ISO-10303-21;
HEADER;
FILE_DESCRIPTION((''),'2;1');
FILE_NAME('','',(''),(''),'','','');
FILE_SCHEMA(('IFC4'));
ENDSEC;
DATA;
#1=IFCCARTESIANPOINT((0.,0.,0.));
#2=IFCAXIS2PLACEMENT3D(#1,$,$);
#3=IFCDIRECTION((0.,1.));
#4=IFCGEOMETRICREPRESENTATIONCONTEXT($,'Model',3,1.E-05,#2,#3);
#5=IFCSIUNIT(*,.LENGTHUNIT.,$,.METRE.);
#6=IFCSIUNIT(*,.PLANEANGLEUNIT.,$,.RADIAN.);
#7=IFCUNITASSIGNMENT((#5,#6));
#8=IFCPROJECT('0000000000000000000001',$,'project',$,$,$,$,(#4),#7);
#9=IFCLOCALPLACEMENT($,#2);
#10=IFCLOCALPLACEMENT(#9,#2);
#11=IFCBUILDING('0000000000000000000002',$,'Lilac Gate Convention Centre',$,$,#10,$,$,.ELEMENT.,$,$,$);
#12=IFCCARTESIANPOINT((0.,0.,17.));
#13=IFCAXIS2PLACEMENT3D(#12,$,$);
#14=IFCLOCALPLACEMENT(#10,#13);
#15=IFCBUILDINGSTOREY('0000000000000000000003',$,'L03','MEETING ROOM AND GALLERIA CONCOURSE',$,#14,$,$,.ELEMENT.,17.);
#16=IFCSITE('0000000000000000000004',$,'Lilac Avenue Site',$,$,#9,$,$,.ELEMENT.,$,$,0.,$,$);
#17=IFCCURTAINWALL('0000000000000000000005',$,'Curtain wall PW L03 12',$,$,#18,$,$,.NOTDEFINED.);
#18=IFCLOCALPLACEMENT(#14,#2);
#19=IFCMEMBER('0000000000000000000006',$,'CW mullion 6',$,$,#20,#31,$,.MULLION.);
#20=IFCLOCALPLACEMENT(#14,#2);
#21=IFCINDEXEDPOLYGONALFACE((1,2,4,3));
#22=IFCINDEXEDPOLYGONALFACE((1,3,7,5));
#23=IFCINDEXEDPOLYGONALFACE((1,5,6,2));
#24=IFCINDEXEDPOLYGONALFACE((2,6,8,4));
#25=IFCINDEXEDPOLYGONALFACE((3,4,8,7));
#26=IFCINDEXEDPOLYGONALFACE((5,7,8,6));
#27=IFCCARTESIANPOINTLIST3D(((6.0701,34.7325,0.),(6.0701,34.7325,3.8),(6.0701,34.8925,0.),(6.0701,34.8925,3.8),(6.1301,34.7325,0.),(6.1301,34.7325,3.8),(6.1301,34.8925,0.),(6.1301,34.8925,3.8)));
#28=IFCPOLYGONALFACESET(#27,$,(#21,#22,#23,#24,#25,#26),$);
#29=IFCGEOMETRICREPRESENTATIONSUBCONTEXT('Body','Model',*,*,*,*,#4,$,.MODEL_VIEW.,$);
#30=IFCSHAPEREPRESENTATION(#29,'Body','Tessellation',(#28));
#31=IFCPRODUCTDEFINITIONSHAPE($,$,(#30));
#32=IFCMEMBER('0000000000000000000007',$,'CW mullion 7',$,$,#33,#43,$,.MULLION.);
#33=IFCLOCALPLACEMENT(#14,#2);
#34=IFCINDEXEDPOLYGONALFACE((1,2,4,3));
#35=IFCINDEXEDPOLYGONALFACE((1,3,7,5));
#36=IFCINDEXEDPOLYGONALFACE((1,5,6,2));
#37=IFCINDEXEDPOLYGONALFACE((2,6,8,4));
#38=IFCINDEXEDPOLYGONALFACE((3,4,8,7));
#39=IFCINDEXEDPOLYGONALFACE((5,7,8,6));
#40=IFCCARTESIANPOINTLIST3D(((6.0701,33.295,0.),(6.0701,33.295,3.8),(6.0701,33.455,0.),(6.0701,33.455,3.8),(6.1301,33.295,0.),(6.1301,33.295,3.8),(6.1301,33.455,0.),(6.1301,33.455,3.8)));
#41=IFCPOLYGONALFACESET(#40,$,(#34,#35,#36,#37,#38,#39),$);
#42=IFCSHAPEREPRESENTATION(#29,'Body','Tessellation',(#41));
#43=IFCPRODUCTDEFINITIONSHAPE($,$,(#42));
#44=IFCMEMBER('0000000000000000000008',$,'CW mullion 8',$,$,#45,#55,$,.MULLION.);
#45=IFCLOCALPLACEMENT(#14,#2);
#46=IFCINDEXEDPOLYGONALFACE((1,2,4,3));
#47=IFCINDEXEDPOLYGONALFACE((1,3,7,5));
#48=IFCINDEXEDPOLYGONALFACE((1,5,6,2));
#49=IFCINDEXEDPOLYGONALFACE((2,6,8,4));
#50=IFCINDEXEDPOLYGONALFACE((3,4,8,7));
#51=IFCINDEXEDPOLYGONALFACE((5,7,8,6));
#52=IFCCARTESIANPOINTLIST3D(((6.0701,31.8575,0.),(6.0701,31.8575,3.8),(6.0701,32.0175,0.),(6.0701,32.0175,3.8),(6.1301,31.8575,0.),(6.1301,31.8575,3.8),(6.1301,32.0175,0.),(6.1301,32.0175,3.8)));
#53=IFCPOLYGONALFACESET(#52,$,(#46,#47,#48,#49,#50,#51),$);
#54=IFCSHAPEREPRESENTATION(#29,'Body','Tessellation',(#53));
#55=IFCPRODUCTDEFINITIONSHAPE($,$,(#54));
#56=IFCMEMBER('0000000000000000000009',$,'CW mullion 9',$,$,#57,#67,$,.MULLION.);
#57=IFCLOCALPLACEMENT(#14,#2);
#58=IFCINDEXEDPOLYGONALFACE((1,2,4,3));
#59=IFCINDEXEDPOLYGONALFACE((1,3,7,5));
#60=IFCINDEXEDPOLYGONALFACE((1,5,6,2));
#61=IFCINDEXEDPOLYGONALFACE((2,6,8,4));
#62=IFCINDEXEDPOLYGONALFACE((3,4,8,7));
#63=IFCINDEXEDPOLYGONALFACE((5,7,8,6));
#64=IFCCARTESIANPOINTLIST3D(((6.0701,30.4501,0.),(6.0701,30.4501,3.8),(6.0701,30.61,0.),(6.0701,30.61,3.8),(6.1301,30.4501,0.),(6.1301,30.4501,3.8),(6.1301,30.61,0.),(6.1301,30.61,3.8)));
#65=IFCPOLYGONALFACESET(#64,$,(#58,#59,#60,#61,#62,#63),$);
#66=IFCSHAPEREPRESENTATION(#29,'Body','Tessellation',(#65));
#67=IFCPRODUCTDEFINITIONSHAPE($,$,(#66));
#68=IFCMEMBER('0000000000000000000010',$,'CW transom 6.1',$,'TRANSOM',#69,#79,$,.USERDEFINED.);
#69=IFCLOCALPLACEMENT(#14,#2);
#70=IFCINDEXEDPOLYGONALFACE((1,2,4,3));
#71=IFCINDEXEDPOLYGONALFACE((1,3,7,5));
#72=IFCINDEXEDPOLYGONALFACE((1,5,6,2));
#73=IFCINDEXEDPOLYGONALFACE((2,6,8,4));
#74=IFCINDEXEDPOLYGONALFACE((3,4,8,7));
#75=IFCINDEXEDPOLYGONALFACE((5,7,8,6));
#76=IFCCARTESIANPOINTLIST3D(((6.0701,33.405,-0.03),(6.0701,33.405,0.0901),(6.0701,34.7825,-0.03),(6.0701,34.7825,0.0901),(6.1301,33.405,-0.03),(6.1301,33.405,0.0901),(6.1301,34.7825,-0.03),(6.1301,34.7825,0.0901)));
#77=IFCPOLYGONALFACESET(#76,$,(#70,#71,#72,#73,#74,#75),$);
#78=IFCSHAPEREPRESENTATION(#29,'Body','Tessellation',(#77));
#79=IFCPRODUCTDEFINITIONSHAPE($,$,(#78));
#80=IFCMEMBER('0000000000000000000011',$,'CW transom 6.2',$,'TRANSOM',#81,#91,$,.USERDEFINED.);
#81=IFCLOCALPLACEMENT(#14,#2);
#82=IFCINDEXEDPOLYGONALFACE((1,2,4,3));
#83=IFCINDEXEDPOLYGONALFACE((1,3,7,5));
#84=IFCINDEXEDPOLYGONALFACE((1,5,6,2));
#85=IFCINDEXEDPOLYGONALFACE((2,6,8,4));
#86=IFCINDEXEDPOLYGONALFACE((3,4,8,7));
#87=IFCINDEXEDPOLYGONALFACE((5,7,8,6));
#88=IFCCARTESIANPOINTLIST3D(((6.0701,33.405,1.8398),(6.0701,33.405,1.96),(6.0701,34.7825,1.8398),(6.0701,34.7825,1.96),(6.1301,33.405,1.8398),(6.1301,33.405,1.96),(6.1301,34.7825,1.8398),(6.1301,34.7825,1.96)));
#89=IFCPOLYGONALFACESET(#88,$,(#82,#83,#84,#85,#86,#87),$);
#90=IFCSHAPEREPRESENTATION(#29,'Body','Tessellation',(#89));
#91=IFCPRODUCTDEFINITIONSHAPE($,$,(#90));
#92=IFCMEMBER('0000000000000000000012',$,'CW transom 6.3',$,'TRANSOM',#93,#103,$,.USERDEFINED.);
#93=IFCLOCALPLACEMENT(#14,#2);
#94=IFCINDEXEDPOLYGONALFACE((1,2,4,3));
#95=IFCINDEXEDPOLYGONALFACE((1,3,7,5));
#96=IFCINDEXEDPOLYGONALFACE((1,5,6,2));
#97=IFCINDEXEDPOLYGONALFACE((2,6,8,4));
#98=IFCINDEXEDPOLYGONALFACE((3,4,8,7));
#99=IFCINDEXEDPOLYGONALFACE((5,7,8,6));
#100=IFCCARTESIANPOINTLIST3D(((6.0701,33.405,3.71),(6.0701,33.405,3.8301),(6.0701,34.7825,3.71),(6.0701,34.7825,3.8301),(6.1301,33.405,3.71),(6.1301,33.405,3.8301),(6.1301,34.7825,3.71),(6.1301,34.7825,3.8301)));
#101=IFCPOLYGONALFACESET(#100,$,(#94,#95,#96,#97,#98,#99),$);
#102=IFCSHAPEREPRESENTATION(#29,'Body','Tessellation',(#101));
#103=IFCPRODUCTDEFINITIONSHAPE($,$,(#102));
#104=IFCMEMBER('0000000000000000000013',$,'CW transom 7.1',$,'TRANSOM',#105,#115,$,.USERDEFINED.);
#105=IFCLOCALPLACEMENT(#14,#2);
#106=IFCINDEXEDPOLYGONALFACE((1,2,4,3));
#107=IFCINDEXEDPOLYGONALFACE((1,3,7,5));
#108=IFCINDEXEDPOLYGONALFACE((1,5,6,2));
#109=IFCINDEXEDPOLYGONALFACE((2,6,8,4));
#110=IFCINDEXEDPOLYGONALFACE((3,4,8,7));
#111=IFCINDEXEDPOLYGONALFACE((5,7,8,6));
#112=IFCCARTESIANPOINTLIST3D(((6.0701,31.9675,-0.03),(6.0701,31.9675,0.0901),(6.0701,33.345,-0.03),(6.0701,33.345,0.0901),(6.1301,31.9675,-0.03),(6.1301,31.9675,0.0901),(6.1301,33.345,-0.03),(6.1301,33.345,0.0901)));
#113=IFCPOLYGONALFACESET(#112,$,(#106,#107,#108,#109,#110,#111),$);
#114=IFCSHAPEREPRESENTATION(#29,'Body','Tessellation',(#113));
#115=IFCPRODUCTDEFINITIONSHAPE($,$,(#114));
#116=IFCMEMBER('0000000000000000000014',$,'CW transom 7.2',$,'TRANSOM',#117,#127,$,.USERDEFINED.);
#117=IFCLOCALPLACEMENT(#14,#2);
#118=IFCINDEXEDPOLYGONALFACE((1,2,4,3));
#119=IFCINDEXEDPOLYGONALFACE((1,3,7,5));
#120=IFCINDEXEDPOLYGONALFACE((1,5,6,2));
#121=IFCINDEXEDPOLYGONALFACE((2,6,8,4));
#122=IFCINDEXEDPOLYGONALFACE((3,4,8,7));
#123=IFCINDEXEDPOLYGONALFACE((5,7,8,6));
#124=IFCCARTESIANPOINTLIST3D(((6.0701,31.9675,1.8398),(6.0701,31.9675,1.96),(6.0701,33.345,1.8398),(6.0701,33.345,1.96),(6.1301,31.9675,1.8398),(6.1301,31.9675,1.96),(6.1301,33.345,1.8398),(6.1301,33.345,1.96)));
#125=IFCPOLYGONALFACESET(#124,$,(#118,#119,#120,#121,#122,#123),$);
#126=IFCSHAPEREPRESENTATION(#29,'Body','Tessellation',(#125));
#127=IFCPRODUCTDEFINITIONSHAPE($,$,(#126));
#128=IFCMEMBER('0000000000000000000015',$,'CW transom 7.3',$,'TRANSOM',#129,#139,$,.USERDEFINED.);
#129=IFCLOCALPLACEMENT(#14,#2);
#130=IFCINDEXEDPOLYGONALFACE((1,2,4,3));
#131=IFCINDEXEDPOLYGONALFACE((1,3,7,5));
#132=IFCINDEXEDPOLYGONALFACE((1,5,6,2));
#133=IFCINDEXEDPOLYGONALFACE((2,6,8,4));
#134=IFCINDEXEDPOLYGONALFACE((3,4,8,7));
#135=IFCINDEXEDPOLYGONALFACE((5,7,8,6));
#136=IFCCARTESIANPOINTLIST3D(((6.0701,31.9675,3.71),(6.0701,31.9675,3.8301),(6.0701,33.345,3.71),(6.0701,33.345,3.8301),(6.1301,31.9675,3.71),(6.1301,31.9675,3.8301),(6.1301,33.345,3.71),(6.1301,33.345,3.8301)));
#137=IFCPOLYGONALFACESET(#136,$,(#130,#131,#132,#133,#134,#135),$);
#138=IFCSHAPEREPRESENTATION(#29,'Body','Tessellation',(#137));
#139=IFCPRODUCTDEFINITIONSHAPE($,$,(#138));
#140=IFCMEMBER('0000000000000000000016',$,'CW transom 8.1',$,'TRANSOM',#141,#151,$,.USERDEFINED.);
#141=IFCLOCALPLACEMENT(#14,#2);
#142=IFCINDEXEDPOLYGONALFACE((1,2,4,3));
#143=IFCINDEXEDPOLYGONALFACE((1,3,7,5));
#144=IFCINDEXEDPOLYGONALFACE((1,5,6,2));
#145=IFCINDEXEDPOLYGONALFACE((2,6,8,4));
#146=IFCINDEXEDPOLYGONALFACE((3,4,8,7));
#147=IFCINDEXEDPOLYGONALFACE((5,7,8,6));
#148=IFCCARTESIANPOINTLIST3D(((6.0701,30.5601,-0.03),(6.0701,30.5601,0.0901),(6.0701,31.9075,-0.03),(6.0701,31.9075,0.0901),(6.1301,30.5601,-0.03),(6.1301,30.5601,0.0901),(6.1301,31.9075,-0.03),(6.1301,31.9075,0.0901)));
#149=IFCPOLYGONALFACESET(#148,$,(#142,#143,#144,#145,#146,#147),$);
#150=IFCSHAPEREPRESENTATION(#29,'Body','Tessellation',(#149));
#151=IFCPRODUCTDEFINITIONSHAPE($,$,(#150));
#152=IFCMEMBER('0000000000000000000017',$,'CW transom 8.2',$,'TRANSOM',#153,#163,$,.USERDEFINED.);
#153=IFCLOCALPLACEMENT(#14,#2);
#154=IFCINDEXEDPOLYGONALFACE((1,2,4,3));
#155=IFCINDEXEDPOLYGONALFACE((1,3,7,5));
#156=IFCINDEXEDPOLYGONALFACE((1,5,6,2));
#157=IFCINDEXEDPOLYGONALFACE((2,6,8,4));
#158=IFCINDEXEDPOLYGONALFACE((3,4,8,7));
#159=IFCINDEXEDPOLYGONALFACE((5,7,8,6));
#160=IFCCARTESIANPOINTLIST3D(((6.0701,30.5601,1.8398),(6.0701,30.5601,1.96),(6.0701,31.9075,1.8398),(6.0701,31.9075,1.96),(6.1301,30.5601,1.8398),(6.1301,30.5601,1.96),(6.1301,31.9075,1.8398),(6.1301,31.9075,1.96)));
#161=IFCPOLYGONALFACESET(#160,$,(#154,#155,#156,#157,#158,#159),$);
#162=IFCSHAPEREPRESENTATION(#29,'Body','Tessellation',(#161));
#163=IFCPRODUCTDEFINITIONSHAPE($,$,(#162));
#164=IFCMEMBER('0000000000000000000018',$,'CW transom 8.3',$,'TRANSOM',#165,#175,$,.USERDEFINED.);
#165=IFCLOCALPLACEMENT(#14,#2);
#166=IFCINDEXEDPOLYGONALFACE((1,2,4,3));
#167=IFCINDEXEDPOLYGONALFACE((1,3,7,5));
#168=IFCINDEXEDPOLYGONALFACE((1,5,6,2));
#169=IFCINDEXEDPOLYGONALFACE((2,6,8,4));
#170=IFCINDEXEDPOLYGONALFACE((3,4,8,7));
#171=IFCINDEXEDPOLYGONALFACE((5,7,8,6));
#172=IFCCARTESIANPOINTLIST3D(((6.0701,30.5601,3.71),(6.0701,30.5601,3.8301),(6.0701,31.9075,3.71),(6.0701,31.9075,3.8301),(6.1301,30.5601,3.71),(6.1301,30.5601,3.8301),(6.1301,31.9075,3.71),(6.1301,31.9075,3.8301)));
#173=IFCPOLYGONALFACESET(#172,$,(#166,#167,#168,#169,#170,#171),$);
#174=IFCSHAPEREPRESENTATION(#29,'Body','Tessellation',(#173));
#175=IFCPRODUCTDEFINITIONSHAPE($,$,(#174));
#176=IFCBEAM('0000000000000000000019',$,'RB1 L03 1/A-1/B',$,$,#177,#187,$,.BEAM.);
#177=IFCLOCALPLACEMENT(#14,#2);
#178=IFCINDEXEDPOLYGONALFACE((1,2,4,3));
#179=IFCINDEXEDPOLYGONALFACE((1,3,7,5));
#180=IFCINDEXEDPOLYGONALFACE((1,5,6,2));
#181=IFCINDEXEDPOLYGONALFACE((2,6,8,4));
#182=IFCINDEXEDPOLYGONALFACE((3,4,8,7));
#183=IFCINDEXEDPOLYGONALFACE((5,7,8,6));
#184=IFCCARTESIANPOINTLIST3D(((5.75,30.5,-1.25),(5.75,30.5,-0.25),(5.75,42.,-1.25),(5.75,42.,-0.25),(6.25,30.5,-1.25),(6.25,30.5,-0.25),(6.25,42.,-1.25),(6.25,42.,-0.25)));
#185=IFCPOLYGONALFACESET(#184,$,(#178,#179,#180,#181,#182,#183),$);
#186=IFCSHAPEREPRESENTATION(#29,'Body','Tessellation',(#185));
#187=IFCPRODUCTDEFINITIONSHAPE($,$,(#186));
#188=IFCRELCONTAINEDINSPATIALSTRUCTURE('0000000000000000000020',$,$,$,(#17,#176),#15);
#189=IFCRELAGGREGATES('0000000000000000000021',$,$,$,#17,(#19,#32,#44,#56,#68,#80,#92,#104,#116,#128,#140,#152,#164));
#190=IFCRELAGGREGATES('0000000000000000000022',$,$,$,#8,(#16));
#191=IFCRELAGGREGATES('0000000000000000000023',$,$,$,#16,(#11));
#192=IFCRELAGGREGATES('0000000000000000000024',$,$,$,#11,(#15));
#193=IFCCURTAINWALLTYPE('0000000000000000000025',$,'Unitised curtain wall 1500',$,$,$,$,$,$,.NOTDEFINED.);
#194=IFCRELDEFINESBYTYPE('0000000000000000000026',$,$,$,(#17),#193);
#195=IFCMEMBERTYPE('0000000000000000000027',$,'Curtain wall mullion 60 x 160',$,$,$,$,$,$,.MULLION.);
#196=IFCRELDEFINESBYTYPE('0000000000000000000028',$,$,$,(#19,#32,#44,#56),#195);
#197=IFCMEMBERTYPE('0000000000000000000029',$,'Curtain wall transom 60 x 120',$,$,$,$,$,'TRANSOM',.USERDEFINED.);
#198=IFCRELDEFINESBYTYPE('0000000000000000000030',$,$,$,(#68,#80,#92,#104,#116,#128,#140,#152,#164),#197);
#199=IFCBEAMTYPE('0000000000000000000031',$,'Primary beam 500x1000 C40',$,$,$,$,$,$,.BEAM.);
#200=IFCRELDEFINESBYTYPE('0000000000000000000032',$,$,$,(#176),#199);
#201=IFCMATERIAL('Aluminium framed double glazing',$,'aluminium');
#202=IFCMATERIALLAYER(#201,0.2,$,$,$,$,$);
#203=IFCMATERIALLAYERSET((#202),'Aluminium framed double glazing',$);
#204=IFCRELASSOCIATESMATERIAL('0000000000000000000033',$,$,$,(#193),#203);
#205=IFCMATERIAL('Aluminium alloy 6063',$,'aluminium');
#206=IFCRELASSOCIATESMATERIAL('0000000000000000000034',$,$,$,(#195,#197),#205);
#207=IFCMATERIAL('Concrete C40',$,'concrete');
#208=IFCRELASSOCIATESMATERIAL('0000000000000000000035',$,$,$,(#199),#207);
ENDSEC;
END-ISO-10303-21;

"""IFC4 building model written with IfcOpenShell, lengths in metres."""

from ifc_helpers import new_model, si_unit, direction, frame, origin, origin_2d, place, context, subcontext, project, spatial, rectangle, extrude, material, layer, layer_set, material_profile, profile_set, type_object, element, aggregate, save


model = new_model("IFC4")

# Units and contexts
model_context = context("Model", 3, precision=1e-05, world=origin(), true_north=direction((0.0, 1.0)))
body_context = subcontext(model_context, "Body", "Model", "MODEL_VIEW")
ifc_project = project(units=[si_unit("LENGTHUNIT", "METRE"), si_unit("PLANEANGLEUNIT", "RADIAN")], contexts=[model_context])

# Site, building, storey
site_placement = place(None, origin())
site = spatial("IfcSite", under=ifc_project, at=site_placement, Name="Lilac Avenue Site", CompositionType="ELEMENT", RefElevation=0.0)
building_placement = place(site_placement, origin())
building = spatial("IfcBuilding", under=site, at=building_placement, Name="Lilac Gate Convention Centre", CompositionType="ELEMENT")
storey_placement = place(building_placement, frame((0.0, 0.0, 17.0)))
storey = spatial("IfcBuildingStorey", under=building, at=storey_placement, Name="L03", Description="MEETING ROOM AND GALLERIA CONCOURSE", CompositionType="ELEMENT", Elevation=17.0)

# Curtain wall, members
ifc_material_1 = material(Name="Aluminium framed double glazing", Category="aluminium")
ifc_layer_1 = layer(ifc_material_1, 0.2)
ifc_layer_set_1 = layer_set([ifc_layer_1], Name="Aluminium framed double glazing")
curtain_wall_type = type_object("IfcCurtainWallType", Name="Unitised curtain wall 1500", PredefinedType="NOTDEFINED", material=ifc_layer_set_1)
curtain_wall_placement = place(storey_placement, origin())
curtain_wall = element("IfcCurtainWall", 1, at=curtain_wall_placement, inside=storey, type_object=curtain_wall_type, Name="Curtain wall PW L03 12", PredefinedType="NOTDEFINED")
ifc_material_2 = material(Name="Aluminium alloy 6063", Category="aluminium")
ifc_material_profile_1 = material_profile(ifc_material_2, rectangle(XDim=0.0601, YDim=0.1599, at=origin_2d()), Name="Curtain wall mullion 60 x 160")
ifc_profile_set_1 = profile_set([ifc_material_profile_1], Name="Aluminium alloy 6063")
member_type_1 = type_object("IfcMemberType", Name="Curtain wall mullion 60 x 160", PredefinedType="MULLION", material=ifc_profile_set_1)
member_1_placement = place(storey_placement, frame((6.1001, 34.8125, 0.0), z_axis=(0.0, 0.0, 1.0), x_axis=(1.0, 0.0, 0.0)))
member_1 = element("IfcMember", 2, at=member_1_placement, type_object=member_type_1, Name="CW mullion 6", PredefinedType="MULLION", context=body_context, shape_type="SweptSolid", body=[
    extrude(rectangle(XDim=0.0601, YDim=0.1599, at=origin_2d()), origin(), (0.0, 0.0, 1.0), 3.8),
])
member_2_placement = place(storey_placement, frame((6.1001, 33.375, 0.0), z_axis=(0.0, 0.0, 1.0), x_axis=(1.0, 0.0, 0.0)))
member_2 = element("IfcMember", 3, at=member_2_placement, type_object=member_type_1, Name="CW mullion 7", PredefinedType="MULLION", context=body_context, shape_type="SweptSolid", body=[
    extrude(rectangle(XDim=0.0601, YDim=0.1599, at=origin_2d()), origin(), (0.0, 0.0, 1.0), 3.8),
])
member_3_placement = place(storey_placement, frame((6.1001, 31.9375, 0.0), z_axis=(0.0, 0.0, 1.0), x_axis=(1.0, 0.0, 0.0)))
member_3 = element("IfcMember", 4, at=member_3_placement, type_object=member_type_1, Name="CW mullion 8", PredefinedType="MULLION", context=body_context, shape_type="SweptSolid", body=[
    extrude(rectangle(XDim=0.0601, YDim=0.1599, at=origin_2d()), origin(), (0.0, 0.0, 1.0), 3.8),
])
member_4_placement = place(storey_placement, frame((6.1001, 30.53, 0.0), z_axis=(0.0, 0.0, 1.0), x_axis=(1.0, 0.0, 0.0)))
member_4 = element("IfcMember", 5, at=member_4_placement, type_object=member_type_1, Name="CW mullion 9", PredefinedType="MULLION", context=body_context, shape_type="SweptSolid", body=[
    extrude(rectangle(XDim=0.0601, YDim=0.1599, at=origin_2d()), origin(), (0.0, 0.0, 1.0), 3.8),
])
ifc_material_profile_2 = material_profile(ifc_material_2, rectangle(XDim=0.0601, YDim=0.1201, at=origin_2d()), Name="Curtain wall transom 60 x 120")
ifc_profile_set_2 = profile_set([ifc_material_profile_2], Name="Aluminium alloy 6063")
member_type_2 = type_object("IfcMemberType", Name="Curtain wall transom 60 x 120", ElementType="TRANSOM", PredefinedType="USERDEFINED", material=ifc_profile_set_2)
member_5_placement = place(storey_placement, frame((6.1001, 34.7825, 0.03), z_axis=(0.0, -1.0, 0.0), x_axis=(1.0, 0.0, 0.0)))
member_5 = element("IfcMember", 6, at=member_5_placement, type_object=member_type_2, Name="CW transom 6.1", ObjectType="TRANSOM", PredefinedType="USERDEFINED", context=body_context, shape_type="SweptSolid", body=[
    extrude(rectangle(XDim=0.0601, YDim=0.1201, at=origin_2d()), origin(), (0.0, 0.0, 1.0), 1.3774),
])
member_6_placement = place(storey_placement, frame((6.1001, 34.7825, 1.8999), z_axis=(0.0, -1.0, 0.0), x_axis=(1.0, 0.0, 0.0)))
member_6 = element("IfcMember", 7, at=member_6_placement, type_object=member_type_2, Name="CW transom 6.2", ObjectType="TRANSOM", PredefinedType="USERDEFINED", context=body_context, shape_type="SweptSolid", body=[
    extrude(rectangle(XDim=0.0601, YDim=0.1201, at=origin_2d()), origin(), (0.0, 0.0, 1.0), 1.3774),
])
member_7_placement = place(storey_placement, frame((6.1001, 34.7825, 3.77), z_axis=(0.0, -1.0, 0.0), x_axis=(1.0, 0.0, 0.0)))
member_7 = element("IfcMember", 8, at=member_7_placement, type_object=member_type_2, Name="CW transom 6.3", ObjectType="TRANSOM", PredefinedType="USERDEFINED", context=body_context, shape_type="SweptSolid", body=[
    extrude(rectangle(XDim=0.0601, YDim=0.1201, at=origin_2d()), origin(), (0.0, 0.0, 1.0), 1.3774),
])
member_8_placement = place(storey_placement, frame((6.1001, 33.345, 0.03), z_axis=(0.0, -1.0, 0.0), x_axis=(1.0, 0.0, 0.0)))
member_8 = element("IfcMember", 9, at=member_8_placement, type_object=member_type_2, Name="CW transom 7.1", ObjectType="TRANSOM", PredefinedType="USERDEFINED", context=body_context, shape_type="SweptSolid", body=[
    extrude(rectangle(XDim=0.0601, YDim=0.1201, at=origin_2d()), origin(), (0.0, 0.0, 1.0), 1.3774),
])
member_9_placement = place(storey_placement, frame((6.1001, 33.345, 1.8999), z_axis=(0.0, -1.0, 0.0), x_axis=(1.0, 0.0, 0.0)))
member_9 = element("IfcMember", 10, at=member_9_placement, type_object=member_type_2, Name="CW transom 7.2", ObjectType="TRANSOM", PredefinedType="USERDEFINED", context=body_context, shape_type="SweptSolid", body=[
    extrude(rectangle(XDim=0.0601, YDim=0.1201, at=origin_2d()), origin(), (0.0, 0.0, 1.0), 1.3774),
])
member_10_placement = place(storey_placement, frame((6.1001, 33.345, 3.77), z_axis=(0.0, -1.0, 0.0), x_axis=(1.0, 0.0, 0.0)))
member_10 = element("IfcMember", 11, at=member_10_placement, type_object=member_type_2, Name="CW transom 7.3", ObjectType="TRANSOM", PredefinedType="USERDEFINED", context=body_context, shape_type="SweptSolid", body=[
    extrude(rectangle(XDim=0.0601, YDim=0.1201, at=origin_2d()), origin(), (0.0, 0.0, 1.0), 1.3774),
])
member_11_placement = place(storey_placement, frame((6.1001, 31.9075, 0.03), z_axis=(0.0, -1.0, 0.0), x_axis=(1.0, 0.0, 0.0)))
member_11 = element("IfcMember", 12, at=member_11_placement, type_object=member_type_2, Name="CW transom 8.1", ObjectType="TRANSOM", PredefinedType="USERDEFINED", context=body_context, shape_type="SweptSolid", body=[
    extrude(rectangle(XDim=0.0601, YDim=0.1201, at=origin_2d()), origin(), (0.0, 0.0, 1.0), 1.3474),
])
member_12_placement = place(storey_placement, frame((6.1001, 31.9075, 1.8999), z_axis=(0.0, -1.0, 0.0), x_axis=(1.0, 0.0, 0.0)))
member_12 = element("IfcMember", 13, at=member_12_placement, type_object=member_type_2, Name="CW transom 8.2", ObjectType="TRANSOM", PredefinedType="USERDEFINED", context=body_context, shape_type="SweptSolid", body=[
    extrude(rectangle(XDim=0.0601, YDim=0.1201, at=origin_2d()), origin(), (0.0, 0.0, 1.0), 1.3474),
])
member_13_placement = place(storey_placement, frame((6.1001, 31.9075, 3.77), z_axis=(0.0, -1.0, 0.0), x_axis=(1.0, 0.0, 0.0)))
member_13 = element("IfcMember", 14, at=member_13_placement, type_object=member_type_2, Name="CW transom 8.3", ObjectType="TRANSOM", PredefinedType="USERDEFINED", context=body_context, shape_type="SweptSolid", body=[
    extrude(rectangle(XDim=0.0601, YDim=0.1201, at=origin_2d()), origin(), (0.0, 0.0, 1.0), 1.3474),
])

# Beam
ifc_material_3 = material(Name="Concrete C40", Category="concrete")
ifc_material_profile_3 = material_profile(ifc_material_3, rectangle(XDim=0.5, YDim=1.0, at=origin_2d()), Name="RC 500x1000")
ifc_profile_set_3 = profile_set([ifc_material_profile_3], Name="Concrete C40")
beam_type = type_object("IfcBeamType", Name="Primary beam 500x1000 C40", PredefinedType="BEAM", material=ifc_profile_set_3)
beam_placement = place(storey_placement, frame((6.0, 30.5, -0.75), z_axis=(0.0, 1.0, 0.0), x_axis=(-1.0, 0.0, 0.0)))
element("IfcBeam", 15, at=beam_placement, inside=storey, type_object=beam_type, Name="RB1 L03 1/A-1/B", PredefinedType="BEAM", context=body_context, shape_type="SweptSolid", body=[
    extrude(rectangle(XDim=0.5, YDim=1.0, at=origin_2d()), origin(), (0.0, 0.0, 1.0), 11.5),
])

aggregate(curtain_wall, [member_1, member_2, member_3, member_4, member_5, member_6, member_7, member_8, member_9, member_10, member_11, member_12, member_13])

save(model, "model.ifc")
